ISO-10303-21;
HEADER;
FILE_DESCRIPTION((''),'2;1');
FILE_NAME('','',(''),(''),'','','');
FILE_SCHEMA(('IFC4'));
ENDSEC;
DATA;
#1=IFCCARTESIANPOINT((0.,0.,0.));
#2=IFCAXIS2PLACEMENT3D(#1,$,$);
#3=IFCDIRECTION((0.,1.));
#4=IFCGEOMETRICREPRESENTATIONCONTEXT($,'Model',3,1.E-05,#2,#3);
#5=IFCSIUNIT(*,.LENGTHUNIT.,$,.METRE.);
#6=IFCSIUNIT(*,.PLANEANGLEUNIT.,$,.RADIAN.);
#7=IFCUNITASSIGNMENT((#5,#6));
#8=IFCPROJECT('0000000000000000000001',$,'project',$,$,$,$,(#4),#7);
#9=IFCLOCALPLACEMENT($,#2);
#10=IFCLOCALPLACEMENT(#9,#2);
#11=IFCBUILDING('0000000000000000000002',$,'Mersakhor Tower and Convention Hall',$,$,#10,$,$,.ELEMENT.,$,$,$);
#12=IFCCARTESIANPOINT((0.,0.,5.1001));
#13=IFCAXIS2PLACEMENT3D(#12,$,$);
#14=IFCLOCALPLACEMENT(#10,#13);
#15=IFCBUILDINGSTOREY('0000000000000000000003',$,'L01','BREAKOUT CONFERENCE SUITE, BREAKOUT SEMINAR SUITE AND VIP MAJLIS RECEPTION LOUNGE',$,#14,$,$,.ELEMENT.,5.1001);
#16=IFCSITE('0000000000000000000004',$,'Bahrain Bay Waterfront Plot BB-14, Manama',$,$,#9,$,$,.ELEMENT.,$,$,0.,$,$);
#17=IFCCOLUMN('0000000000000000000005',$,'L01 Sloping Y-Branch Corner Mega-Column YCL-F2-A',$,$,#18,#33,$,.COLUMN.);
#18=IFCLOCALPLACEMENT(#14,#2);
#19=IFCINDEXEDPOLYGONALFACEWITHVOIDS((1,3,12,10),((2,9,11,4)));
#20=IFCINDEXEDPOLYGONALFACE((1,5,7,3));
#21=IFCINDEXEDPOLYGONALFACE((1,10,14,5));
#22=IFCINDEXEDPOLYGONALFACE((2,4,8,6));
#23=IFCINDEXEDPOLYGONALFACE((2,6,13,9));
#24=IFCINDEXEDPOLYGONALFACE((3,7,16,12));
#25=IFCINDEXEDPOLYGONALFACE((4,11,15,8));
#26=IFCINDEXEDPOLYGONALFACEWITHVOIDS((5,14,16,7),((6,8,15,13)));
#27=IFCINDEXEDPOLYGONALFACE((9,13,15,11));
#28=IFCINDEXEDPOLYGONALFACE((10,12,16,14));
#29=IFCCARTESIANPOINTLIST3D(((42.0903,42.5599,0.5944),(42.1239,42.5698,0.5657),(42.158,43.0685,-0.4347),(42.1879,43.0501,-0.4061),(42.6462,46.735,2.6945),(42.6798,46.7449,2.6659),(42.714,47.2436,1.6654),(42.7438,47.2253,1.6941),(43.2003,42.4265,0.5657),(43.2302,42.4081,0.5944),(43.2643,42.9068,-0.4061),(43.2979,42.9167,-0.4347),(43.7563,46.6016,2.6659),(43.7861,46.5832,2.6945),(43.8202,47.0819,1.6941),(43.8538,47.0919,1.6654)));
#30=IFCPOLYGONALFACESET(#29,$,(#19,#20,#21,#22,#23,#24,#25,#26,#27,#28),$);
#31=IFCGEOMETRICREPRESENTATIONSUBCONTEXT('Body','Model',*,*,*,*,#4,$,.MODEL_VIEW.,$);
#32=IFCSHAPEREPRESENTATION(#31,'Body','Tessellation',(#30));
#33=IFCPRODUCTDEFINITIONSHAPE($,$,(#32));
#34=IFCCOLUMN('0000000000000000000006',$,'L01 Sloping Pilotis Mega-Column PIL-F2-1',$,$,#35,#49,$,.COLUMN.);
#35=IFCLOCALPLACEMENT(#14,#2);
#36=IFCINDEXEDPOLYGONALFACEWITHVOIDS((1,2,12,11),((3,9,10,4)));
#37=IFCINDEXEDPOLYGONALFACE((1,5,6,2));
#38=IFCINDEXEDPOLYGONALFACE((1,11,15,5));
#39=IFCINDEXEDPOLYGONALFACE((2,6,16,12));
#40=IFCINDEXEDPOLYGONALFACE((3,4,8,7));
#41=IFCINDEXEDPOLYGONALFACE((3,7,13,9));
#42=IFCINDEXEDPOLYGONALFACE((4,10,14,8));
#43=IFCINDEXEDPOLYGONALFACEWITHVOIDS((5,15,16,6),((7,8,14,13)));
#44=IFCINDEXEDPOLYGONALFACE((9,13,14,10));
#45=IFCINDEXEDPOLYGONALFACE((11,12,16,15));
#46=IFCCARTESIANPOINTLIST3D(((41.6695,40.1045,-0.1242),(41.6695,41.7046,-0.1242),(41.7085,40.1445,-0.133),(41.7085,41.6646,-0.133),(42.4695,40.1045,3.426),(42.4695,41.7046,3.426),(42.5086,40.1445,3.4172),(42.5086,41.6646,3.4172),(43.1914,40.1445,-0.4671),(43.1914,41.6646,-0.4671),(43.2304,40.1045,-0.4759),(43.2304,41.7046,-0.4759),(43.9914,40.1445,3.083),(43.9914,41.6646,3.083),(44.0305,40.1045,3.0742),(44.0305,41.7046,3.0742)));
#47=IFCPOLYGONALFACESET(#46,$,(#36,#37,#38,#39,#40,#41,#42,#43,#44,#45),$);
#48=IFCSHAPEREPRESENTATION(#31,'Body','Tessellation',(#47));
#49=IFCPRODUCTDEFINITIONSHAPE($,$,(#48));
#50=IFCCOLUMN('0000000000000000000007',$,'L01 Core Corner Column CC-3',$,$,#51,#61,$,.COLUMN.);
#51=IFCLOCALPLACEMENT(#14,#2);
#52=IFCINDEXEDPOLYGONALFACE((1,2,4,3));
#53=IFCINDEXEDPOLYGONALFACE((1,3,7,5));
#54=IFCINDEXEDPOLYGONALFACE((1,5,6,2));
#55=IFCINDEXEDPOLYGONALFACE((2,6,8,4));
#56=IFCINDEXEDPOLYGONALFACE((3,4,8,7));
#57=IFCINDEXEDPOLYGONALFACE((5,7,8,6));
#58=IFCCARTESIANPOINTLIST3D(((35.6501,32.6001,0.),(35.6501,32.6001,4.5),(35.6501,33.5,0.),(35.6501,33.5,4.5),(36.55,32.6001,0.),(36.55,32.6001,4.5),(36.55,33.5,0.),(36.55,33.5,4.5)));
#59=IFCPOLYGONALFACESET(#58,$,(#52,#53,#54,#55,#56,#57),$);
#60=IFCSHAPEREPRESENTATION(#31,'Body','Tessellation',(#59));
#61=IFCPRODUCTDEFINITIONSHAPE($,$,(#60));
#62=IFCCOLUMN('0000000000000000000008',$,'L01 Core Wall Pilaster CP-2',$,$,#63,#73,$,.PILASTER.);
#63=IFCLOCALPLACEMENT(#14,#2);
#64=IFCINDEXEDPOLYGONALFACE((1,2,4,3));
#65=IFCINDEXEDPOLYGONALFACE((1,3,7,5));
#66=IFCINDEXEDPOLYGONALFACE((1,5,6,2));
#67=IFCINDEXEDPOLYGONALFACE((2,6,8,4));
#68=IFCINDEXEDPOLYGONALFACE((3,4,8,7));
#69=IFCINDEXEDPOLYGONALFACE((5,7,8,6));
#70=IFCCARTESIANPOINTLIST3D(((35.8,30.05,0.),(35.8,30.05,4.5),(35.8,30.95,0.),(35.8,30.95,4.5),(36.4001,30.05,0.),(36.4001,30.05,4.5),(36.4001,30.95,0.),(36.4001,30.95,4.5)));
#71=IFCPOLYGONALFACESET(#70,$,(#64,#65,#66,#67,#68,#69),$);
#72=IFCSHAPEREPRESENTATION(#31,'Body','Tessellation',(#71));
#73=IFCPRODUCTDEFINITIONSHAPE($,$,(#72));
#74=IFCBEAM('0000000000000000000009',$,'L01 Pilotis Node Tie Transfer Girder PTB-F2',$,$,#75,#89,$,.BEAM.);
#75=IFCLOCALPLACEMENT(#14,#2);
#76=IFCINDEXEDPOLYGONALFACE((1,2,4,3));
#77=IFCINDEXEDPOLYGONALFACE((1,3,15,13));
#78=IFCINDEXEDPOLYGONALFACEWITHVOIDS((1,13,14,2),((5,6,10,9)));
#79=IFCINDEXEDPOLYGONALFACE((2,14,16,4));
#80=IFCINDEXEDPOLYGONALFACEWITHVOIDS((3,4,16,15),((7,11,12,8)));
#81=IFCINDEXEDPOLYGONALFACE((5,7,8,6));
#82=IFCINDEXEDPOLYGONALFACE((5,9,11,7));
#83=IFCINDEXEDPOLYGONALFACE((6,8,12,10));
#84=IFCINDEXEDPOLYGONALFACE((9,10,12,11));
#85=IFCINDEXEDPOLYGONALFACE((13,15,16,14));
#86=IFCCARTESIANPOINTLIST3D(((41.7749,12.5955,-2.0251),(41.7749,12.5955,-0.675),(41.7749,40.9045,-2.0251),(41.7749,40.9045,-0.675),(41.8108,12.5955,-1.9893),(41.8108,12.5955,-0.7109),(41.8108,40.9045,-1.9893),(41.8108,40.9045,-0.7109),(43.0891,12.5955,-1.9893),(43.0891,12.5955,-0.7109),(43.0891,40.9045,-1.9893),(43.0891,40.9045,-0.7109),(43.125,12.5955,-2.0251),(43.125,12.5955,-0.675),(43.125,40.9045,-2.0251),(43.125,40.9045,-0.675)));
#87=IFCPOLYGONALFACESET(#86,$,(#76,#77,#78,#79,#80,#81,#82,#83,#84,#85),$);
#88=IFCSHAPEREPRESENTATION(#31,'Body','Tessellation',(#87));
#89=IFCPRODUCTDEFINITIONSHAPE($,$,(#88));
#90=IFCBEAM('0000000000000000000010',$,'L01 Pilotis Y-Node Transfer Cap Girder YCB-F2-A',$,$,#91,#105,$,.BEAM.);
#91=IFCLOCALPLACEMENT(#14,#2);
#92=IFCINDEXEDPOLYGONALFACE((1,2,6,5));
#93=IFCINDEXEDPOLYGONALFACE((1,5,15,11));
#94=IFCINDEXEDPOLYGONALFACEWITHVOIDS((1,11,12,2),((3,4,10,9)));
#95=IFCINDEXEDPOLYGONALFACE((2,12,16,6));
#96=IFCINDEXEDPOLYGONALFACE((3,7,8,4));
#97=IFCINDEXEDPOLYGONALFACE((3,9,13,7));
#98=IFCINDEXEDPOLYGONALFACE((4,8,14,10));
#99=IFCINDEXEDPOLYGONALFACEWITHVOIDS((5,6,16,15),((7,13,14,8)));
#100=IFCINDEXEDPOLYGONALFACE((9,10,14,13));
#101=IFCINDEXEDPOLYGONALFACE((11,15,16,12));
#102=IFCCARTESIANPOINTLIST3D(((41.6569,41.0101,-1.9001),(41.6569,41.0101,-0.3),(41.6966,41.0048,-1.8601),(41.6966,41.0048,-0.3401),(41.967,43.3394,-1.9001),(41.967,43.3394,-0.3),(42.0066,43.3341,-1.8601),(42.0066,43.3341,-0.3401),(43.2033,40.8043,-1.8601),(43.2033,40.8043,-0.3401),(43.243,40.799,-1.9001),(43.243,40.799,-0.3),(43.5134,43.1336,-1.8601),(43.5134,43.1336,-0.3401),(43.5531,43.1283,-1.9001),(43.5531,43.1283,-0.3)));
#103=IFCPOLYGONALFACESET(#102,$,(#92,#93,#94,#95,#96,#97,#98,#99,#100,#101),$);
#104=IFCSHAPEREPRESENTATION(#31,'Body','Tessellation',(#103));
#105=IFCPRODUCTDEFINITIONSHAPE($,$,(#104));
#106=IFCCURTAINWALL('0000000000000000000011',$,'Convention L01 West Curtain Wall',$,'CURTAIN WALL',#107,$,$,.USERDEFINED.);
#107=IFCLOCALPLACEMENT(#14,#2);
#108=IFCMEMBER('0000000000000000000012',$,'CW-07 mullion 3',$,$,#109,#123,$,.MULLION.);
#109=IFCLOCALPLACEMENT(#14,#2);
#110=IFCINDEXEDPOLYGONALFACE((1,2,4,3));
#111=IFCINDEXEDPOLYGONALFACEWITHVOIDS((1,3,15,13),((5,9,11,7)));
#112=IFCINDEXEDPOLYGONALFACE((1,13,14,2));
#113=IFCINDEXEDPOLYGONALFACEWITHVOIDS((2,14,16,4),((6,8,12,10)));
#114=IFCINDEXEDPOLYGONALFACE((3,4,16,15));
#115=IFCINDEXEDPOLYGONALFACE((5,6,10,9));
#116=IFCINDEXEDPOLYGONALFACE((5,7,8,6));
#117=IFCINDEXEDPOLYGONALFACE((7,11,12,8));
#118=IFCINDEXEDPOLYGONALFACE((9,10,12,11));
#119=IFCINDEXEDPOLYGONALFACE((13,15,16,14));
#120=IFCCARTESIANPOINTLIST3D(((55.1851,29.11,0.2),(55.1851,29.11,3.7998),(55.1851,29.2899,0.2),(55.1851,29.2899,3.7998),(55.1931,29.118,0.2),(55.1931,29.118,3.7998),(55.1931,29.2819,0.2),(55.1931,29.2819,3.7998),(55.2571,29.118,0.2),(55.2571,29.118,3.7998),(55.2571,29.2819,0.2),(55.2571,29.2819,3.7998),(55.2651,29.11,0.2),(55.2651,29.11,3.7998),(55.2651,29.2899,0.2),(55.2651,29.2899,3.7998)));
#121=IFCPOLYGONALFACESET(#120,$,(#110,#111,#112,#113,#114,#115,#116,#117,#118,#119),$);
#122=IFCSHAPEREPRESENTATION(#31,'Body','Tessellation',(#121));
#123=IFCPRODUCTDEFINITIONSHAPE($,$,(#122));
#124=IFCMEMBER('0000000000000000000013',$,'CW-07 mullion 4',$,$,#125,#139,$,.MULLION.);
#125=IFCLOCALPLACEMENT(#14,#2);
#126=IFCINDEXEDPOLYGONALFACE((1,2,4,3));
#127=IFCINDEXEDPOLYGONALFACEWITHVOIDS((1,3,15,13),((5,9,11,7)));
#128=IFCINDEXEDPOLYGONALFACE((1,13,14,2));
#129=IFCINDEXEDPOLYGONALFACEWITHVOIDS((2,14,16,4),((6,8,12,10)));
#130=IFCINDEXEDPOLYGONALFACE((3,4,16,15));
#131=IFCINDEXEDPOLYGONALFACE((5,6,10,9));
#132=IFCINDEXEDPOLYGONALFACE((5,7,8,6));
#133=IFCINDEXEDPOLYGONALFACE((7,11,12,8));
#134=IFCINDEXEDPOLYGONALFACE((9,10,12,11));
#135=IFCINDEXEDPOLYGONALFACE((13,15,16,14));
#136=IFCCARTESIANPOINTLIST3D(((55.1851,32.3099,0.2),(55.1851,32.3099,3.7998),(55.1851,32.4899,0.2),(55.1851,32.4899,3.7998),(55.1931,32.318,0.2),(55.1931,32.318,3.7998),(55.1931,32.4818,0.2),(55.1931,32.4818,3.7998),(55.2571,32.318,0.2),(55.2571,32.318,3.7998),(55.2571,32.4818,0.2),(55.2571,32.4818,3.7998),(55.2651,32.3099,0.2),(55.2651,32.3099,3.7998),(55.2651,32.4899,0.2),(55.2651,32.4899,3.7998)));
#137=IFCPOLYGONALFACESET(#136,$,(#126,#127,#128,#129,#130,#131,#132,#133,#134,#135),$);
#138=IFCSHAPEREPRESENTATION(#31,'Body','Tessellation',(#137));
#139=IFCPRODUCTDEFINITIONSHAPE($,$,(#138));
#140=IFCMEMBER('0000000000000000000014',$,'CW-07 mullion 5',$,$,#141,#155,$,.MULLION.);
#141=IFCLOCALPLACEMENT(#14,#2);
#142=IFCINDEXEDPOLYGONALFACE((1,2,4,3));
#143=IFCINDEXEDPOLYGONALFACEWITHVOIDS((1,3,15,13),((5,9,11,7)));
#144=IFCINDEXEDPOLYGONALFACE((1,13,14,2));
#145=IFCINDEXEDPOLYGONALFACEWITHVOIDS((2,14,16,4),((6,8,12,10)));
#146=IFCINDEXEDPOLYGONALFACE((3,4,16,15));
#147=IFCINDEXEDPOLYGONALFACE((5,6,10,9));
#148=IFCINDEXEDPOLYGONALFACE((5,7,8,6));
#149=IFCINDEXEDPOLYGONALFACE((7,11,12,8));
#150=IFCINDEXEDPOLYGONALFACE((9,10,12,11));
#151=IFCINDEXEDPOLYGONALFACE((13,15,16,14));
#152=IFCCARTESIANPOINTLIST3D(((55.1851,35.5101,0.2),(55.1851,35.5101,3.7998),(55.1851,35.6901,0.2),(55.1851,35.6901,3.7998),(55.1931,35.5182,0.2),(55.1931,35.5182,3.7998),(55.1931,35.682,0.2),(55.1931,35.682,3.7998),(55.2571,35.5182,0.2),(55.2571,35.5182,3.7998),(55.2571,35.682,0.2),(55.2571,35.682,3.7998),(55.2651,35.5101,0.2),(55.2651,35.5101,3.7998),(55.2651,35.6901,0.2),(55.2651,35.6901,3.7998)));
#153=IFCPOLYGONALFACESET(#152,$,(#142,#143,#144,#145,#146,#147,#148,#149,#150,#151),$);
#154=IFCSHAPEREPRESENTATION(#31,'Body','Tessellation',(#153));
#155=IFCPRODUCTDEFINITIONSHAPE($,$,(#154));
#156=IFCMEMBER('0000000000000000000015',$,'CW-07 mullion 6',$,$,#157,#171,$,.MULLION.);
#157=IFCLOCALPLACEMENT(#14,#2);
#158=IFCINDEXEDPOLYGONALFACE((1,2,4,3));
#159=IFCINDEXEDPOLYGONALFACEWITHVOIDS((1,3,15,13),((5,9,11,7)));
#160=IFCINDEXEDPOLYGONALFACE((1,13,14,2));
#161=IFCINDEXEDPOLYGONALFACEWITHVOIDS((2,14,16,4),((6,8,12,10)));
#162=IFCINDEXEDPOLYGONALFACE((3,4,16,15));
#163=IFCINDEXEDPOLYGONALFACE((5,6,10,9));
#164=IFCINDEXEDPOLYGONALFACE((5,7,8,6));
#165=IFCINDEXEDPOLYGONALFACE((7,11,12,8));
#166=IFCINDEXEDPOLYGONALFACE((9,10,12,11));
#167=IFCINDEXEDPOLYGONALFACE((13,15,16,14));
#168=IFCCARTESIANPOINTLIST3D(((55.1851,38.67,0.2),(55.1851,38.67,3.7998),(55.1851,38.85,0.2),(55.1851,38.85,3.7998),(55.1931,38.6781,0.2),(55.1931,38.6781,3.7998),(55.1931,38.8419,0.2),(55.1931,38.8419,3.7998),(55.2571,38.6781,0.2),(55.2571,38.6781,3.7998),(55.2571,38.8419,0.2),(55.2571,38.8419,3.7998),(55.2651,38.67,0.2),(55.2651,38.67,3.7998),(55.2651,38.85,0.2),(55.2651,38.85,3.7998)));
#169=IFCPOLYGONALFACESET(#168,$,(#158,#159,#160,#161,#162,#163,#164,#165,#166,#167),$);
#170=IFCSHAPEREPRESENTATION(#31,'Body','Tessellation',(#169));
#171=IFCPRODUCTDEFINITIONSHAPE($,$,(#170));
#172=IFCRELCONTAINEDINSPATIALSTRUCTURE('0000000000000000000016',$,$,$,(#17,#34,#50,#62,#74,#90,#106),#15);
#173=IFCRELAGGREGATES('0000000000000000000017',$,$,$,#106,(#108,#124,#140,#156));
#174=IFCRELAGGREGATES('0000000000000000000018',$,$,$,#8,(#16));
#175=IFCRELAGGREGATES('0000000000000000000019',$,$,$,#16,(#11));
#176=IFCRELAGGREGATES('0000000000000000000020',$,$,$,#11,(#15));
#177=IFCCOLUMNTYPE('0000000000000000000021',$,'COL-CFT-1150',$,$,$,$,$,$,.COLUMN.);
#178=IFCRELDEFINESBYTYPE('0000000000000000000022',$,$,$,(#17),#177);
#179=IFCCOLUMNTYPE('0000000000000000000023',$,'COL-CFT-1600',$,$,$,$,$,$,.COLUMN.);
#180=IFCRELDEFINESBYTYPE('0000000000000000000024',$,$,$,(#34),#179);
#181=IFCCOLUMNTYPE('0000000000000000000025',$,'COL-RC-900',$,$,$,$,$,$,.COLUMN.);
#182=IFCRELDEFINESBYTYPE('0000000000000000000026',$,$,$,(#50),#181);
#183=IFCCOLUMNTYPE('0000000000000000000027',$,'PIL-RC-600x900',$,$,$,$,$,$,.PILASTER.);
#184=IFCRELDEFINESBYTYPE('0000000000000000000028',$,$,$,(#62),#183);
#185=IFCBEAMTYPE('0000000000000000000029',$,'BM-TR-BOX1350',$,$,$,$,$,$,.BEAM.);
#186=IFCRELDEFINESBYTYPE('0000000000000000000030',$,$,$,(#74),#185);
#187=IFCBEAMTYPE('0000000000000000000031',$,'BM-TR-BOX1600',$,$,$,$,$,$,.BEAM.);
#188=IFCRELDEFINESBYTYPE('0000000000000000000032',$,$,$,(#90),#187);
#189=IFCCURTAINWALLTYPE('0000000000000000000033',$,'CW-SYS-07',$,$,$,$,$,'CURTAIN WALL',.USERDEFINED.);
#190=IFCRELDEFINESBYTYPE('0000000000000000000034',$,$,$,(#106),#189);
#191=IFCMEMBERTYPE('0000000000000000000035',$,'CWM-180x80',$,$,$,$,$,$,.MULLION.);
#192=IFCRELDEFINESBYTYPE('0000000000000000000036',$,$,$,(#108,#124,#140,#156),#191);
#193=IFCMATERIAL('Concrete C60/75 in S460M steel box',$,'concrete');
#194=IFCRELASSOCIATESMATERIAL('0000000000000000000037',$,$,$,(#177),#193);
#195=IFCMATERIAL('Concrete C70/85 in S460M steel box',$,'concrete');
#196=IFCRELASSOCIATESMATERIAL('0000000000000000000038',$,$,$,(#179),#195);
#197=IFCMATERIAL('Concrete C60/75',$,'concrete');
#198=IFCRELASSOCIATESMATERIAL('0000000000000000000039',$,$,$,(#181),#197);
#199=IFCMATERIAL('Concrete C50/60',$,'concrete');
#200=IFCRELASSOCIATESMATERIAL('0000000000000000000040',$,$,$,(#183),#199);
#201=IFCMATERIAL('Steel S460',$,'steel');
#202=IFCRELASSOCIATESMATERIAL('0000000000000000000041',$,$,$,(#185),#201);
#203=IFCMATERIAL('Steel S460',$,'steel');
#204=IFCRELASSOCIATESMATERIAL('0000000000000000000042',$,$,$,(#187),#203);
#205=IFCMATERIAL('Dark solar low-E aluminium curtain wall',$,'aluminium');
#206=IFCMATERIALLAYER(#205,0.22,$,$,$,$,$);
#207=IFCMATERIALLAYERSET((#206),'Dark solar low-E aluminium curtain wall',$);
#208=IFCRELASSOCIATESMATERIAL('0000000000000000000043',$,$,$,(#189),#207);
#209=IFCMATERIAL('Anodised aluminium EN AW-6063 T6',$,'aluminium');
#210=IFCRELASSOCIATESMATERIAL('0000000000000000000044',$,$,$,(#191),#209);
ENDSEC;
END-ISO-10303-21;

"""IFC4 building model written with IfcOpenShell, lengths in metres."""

from ifc_helpers import new_model, si_unit, direction, frame, origin, origin_2d, place, context, subcontext, project, spatial, rectangle, hollow_rectangle, extrude, material, layer, layer_set, material_profile, profile_set, type_object, element, aggregate, save


model = new_model("IFC4")

# Units and contexts
model_context = context("Model", 3, precision=1e-05, world=origin(), true_north=direction((0.0, 1.0)))
body_context = subcontext(model_context, "Body", "Model", "MODEL_VIEW")
ifc_project = project(units=[si_unit("LENGTHUNIT", "METRE"), si_unit("PLANEANGLEUNIT", "RADIAN")], contexts=[model_context])

# Site, building, storey
site_placement = place(None, origin())
site = spatial("IfcSite", under=ifc_project, at=site_placement, Name="Bahrain Bay Waterfront Plot BB-14, Manama", CompositionType="ELEMENT", RefElevation=0.0)
building_placement = place(site_placement, origin())
building = spatial("IfcBuilding", under=site, at=building_placement, Name="Mersakhor Tower and Convention Hall", CompositionType="ELEMENT")
storey_placement = place(building_placement, frame((0.0, 0.0, 5.1001)))
storey = spatial("IfcBuildingStorey", under=building, at=storey_placement, Name="L01", Description="BREAKOUT CONFERENCE SUITE, BREAKOUT SEMINAR SUITE AND VIP MAJLIS RECEPTION LOUNGE", CompositionType="ELEMENT", Elevation=5.1001)

# Columns
ifc_material_1 = material(Name="Concrete C60/75 in S460M steel box", Category="concrete")
ifc_material_profile_1 = material_profile(ifc_material_1, hollow_rectangle(XDim=1.1499, YDim=1.1499, WallThickness=0.032, at=origin_2d()), Name="SHS 1150x1150x32")
ifc_profile_set_1 = profile_set([ifc_material_profile_1], Name="Concrete C60/75 in S460M steel box")
column_type_1 = type_object("IfcColumnType", Name="COL-CFT-1150", PredefinedType="COLUMN", material=ifc_profile_set_1)
column_1_placement = place(storey_placement, frame((42.6941, 42.7383, 0.0798), z_axis=(0.118117, 0.887095, 0.446219), x_axis=(-0.991252, 0.131985, 0.0)))
element("IfcColumn", 1, at=column_1_placement, inside=storey, type_object=column_type_1, Name="L01 Sloping Y-Branch Corner Mega-Column YCL-F2-A", PredefinedType="COLUMN", context=body_context, shape_type="SweptSolid", body=[
    extrude(hollow_rectangle(XDim=1.1499, YDim=1.1499, WallThickness=0.032, at=origin_2d()), origin(), (0.0, 0.0, 1.0), 4.7065),
])
ifc_material_2 = material(Name="Concrete C70/85 in S460M steel box", Category="concrete")
ifc_material_profile_2 = material_profile(ifc_material_2, hollow_rectangle(XDim=1.6001, YDim=1.6001, WallThickness=0.04, at=origin_2d()), Name="SHS 1600x1600x40")
ifc_profile_set_2 = profile_set([ifc_material_profile_2], Name="Concrete C70/85 in S460M steel box")
column_type_2 = type_object("IfcColumnType", Name="COL-CFT-1600", PredefinedType="COLUMN", material=ifc_profile_set_2)
column_2_placement = place(storey_placement, frame((42.45, 40.9045, -0.3), z_axis=(0.219849, 0.0, 0.975534), x_axis=(0.0, 1.0, 0.0)))
element("IfcColumn", 2, at=column_2_placement, inside=storey, type_object=column_type_2, Name="L01 Sloping Pilotis Mega-Column PIL-F2-1", PredefinedType="COLUMN", context=body_context, shape_type="SweptSolid", body=[
    extrude(hollow_rectangle(XDim=1.6001, YDim=1.6001, WallThickness=0.04, at=origin_2d()), origin(), (0.0, 0.0, 1.0), 3.6392),
])
ifc_material_3 = material(Name="Concrete C60/75", Category="concrete")
ifc_material_profile_3 = material_profile(ifc_material_3, rectangle(XDim=0.8999, YDim=0.8999, at=origin_2d()), Name="RC 900x900")
ifc_profile_set_3 = profile_set([ifc_material_profile_3], Name="Concrete C60/75")
column_type_3 = type_object("IfcColumnType", Name="COL-RC-900", PredefinedType="COLUMN", material=ifc_profile_set_3)
column_3_placement = place(storey_placement, frame((36.1001, 33.05, 0.0), z_axis=(0.0, 0.0, 1.0), x_axis=(1.0, 0.0, 0.0)))
element("IfcColumn", 3, at=column_3_placement, inside=storey, type_object=column_type_3, Name="L01 Core Corner Column CC-3", PredefinedType="COLUMN", context=body_context, shape_type="SweptSolid", body=[
    extrude(rectangle(XDim=0.8999, YDim=0.8999, at=origin_2d()), origin(), (0.0, 0.0, 1.0), 4.5),
])
ifc_material_4 = material(Name="Concrete C50/60", Category="concrete")
ifc_material_profile_4 = material_profile(ifc_material_4, rectangle(XDim=0.6001, YDim=0.8999, at=origin_2d()), Name="RC 600x900")
ifc_profile_set_4 = profile_set([ifc_material_profile_4], Name="Concrete C50/60")
column_type_4 = type_object("IfcColumnType", Name="PIL-RC-600x900", PredefinedType="PILASTER", material=ifc_profile_set_4)
column_4_placement = place(storey_placement, frame((36.1001, 30.5, 0.0), z_axis=(0.0, 0.0, 1.0), x_axis=(1.0, 0.0, 0.0)))
element("IfcColumn", 4, at=column_4_placement, inside=storey, type_object=column_type_4, Name="L01 Core Wall Pilaster CP-2", PredefinedType="PILASTER", context=body_context, shape_type="SweptSolid", body=[
    extrude(rectangle(XDim=0.6001, YDim=0.8999, at=origin_2d()), origin(), (0.0, 0.0, 1.0), 4.5),
])

# Beams
ifc_material_5 = material(Name="Steel S460", Category="steel")
ifc_material_profile_5 = material_profile(ifc_material_5, hollow_rectangle(XDim=1.3501, YDim=1.3501, WallThickness=0.0359, at=origin_2d()), Name="SHS 1350x1350x36")
ifc_profile_set_5 = profile_set([ifc_material_profile_5], Name="Steel S460")
beam_type_1 = type_object("IfcBeamType", Name="BM-TR-BOX1350", PredefinedType="BEAM", material=ifc_profile_set_5)
beam_1_placement = place(storey_placement, frame((42.45, 40.9045, -1.3501), z_axis=(0.0, -1.0, 0.0), x_axis=(1.0, 0.0, 0.0)))
element("IfcBeam", 5, at=beam_1_placement, inside=storey, type_object=beam_type_1, Name="L01 Pilotis Node Tie Transfer Girder PTB-F2", PredefinedType="BEAM", context=body_context, shape_type="SweptSolid", body=[
    extrude(hollow_rectangle(XDim=1.3501, YDim=1.3501, WallThickness=0.0359, at=origin_2d()), origin(), (0.0, 0.0, 1.0), 28.3091),
])
ifc_material_6 = material(Name="Steel S460", Category="steel")
ifc_material_profile_6 = material_profile(ifc_material_6, hollow_rectangle(XDim=1.6001, YDim=1.6001, WallThickness=0.04, at=origin_2d()), Name="SHS 1600x1600x40")
ifc_profile_set_6 = profile_set([ifc_material_profile_6], Name="Steel S460")
beam_type_2 = type_object("IfcBeamType", Name="BM-TR-BOX1600", PredefinedType="BEAM", material=ifc_profile_set_6)
beam_2_placement = place(storey_placement, frame((42.45, 40.9045, -1.1001), z_axis=(0.131946, 0.991257, 0.0), x_axis=(-0.991257, 0.131946, 0.0)))
element("IfcBeam", 6, at=beam_2_placement, inside=storey, type_object=beam_type_2, Name="L01 Pilotis Y-Node Transfer Cap Girder YCB-F2-A", PredefinedType="BEAM", context=body_context, shape_type="SweptSolid", body=[
    extrude(hollow_rectangle(XDim=1.6001, YDim=1.6001, WallThickness=0.04, at=origin_2d()), origin(), (0.0, 0.0, 1.0), 2.3499),
])

# Curtain wall, members
ifc_material_7 = material(Name="Dark solar low-E aluminium curtain wall", Category="aluminium")
ifc_layer_1 = layer(ifc_material_7, 0.22)
ifc_layer_set_1 = layer_set([ifc_layer_1], Name="Dark solar low-E aluminium curtain wall")
curtain_wall_type = type_object("IfcCurtainWallType", Name="CW-SYS-07", ElementType="CURTAIN WALL", PredefinedType="USERDEFINED", material=ifc_layer_set_1)
curtain_wall_placement = place(storey_placement, origin())
curtain_wall = element("IfcCurtainWall", 7, at=curtain_wall_placement, inside=storey, type_object=curtain_wall_type, Name="Convention L01 West Curtain Wall", ObjectType="CURTAIN WALL", PredefinedType="USERDEFINED")
ifc_material_8 = material(Name="Anodised aluminium EN AW-6063 T6", Category="aluminium")
ifc_material_profile_7 = material_profile(ifc_material_8, hollow_rectangle(XDim=0.0801, YDim=0.1799, WallThickness=0.0081, at=origin_2d()), Name="RHS 180x80x8")
ifc_profile_set_7 = profile_set([ifc_material_profile_7], Name="Anodised aluminium EN AW-6063 T6")
member_type_1 = type_object("IfcMemberType", Name="CWM-180x80", PredefinedType="MULLION", material=ifc_profile_set_7)
member_1_placement = place(storey_placement, frame((55.2251, 29.2, 0.2), z_axis=(0.0, 0.0, 1.0), x_axis=(-1.0, 0.0, 0.0)))
member_1 = element("IfcMember", 8, at=member_1_placement, type_object=member_type_1, Name="CW-07 mullion 3", PredefinedType="MULLION", context=body_context, shape_type="SweptSolid", body=[
    extrude(hollow_rectangle(XDim=0.0801, YDim=0.1799, WallThickness=0.0081, at=origin_2d()), origin(), (0.0, 0.0, 1.0), 3.5999),
])
member_2_placement = place(storey_placement, frame((55.2251, 32.3999, 0.2), z_axis=(0.0, 0.0, 1.0), x_axis=(-1.0, 0.0, 0.0)))
member_2 = element("IfcMember", 9, at=member_2_placement, type_object=member_type_1, Name="CW-07 mullion 4", PredefinedType="MULLION", context=body_context, shape_type="SweptSolid", body=[
    extrude(hollow_rectangle(XDim=0.0801, YDim=0.1799, WallThickness=0.0081, at=origin_2d()), origin(), (0.0, 0.0, 1.0), 3.5999),
])
member_3_placement = place(storey_placement, frame((55.2251, 35.6001, 0.2), z_axis=(0.0, 0.0, 1.0), x_axis=(-1.0, 0.0, 0.0)))
member_3 = element("IfcMember", 10, at=member_3_placement, type_object=member_type_1, Name="CW-07 mullion 5", PredefinedType="MULLION", context=body_context, shape_type="SweptSolid", body=[
    extrude(hollow_rectangle(XDim=0.0801, YDim=0.1799, WallThickness=0.0081, at=origin_2d()), origin(), (0.0, 0.0, 1.0), 3.5999),
])
member_4_placement = place(storey_placement, frame((55.2251, 38.76, 0.2), z_axis=(0.0, 0.0, 1.0), x_axis=(-1.0, 0.0, 0.0)))
member_4 = element("IfcMember", 11, at=member_4_placement, type_object=member_type_1, Name="CW-07 mullion 6", PredefinedType="MULLION", context=body_context, shape_type="SweptSolid", body=[
    extrude(hollow_rectangle(XDim=0.0801, YDim=0.1799, WallThickness=0.0081, at=origin_2d()), origin(), (0.0, 0.0, 1.0), 3.5999),
])
aggregate(curtain_wall, [member_1, member_2, member_3, member_4])

save(model, "model.ifc")
